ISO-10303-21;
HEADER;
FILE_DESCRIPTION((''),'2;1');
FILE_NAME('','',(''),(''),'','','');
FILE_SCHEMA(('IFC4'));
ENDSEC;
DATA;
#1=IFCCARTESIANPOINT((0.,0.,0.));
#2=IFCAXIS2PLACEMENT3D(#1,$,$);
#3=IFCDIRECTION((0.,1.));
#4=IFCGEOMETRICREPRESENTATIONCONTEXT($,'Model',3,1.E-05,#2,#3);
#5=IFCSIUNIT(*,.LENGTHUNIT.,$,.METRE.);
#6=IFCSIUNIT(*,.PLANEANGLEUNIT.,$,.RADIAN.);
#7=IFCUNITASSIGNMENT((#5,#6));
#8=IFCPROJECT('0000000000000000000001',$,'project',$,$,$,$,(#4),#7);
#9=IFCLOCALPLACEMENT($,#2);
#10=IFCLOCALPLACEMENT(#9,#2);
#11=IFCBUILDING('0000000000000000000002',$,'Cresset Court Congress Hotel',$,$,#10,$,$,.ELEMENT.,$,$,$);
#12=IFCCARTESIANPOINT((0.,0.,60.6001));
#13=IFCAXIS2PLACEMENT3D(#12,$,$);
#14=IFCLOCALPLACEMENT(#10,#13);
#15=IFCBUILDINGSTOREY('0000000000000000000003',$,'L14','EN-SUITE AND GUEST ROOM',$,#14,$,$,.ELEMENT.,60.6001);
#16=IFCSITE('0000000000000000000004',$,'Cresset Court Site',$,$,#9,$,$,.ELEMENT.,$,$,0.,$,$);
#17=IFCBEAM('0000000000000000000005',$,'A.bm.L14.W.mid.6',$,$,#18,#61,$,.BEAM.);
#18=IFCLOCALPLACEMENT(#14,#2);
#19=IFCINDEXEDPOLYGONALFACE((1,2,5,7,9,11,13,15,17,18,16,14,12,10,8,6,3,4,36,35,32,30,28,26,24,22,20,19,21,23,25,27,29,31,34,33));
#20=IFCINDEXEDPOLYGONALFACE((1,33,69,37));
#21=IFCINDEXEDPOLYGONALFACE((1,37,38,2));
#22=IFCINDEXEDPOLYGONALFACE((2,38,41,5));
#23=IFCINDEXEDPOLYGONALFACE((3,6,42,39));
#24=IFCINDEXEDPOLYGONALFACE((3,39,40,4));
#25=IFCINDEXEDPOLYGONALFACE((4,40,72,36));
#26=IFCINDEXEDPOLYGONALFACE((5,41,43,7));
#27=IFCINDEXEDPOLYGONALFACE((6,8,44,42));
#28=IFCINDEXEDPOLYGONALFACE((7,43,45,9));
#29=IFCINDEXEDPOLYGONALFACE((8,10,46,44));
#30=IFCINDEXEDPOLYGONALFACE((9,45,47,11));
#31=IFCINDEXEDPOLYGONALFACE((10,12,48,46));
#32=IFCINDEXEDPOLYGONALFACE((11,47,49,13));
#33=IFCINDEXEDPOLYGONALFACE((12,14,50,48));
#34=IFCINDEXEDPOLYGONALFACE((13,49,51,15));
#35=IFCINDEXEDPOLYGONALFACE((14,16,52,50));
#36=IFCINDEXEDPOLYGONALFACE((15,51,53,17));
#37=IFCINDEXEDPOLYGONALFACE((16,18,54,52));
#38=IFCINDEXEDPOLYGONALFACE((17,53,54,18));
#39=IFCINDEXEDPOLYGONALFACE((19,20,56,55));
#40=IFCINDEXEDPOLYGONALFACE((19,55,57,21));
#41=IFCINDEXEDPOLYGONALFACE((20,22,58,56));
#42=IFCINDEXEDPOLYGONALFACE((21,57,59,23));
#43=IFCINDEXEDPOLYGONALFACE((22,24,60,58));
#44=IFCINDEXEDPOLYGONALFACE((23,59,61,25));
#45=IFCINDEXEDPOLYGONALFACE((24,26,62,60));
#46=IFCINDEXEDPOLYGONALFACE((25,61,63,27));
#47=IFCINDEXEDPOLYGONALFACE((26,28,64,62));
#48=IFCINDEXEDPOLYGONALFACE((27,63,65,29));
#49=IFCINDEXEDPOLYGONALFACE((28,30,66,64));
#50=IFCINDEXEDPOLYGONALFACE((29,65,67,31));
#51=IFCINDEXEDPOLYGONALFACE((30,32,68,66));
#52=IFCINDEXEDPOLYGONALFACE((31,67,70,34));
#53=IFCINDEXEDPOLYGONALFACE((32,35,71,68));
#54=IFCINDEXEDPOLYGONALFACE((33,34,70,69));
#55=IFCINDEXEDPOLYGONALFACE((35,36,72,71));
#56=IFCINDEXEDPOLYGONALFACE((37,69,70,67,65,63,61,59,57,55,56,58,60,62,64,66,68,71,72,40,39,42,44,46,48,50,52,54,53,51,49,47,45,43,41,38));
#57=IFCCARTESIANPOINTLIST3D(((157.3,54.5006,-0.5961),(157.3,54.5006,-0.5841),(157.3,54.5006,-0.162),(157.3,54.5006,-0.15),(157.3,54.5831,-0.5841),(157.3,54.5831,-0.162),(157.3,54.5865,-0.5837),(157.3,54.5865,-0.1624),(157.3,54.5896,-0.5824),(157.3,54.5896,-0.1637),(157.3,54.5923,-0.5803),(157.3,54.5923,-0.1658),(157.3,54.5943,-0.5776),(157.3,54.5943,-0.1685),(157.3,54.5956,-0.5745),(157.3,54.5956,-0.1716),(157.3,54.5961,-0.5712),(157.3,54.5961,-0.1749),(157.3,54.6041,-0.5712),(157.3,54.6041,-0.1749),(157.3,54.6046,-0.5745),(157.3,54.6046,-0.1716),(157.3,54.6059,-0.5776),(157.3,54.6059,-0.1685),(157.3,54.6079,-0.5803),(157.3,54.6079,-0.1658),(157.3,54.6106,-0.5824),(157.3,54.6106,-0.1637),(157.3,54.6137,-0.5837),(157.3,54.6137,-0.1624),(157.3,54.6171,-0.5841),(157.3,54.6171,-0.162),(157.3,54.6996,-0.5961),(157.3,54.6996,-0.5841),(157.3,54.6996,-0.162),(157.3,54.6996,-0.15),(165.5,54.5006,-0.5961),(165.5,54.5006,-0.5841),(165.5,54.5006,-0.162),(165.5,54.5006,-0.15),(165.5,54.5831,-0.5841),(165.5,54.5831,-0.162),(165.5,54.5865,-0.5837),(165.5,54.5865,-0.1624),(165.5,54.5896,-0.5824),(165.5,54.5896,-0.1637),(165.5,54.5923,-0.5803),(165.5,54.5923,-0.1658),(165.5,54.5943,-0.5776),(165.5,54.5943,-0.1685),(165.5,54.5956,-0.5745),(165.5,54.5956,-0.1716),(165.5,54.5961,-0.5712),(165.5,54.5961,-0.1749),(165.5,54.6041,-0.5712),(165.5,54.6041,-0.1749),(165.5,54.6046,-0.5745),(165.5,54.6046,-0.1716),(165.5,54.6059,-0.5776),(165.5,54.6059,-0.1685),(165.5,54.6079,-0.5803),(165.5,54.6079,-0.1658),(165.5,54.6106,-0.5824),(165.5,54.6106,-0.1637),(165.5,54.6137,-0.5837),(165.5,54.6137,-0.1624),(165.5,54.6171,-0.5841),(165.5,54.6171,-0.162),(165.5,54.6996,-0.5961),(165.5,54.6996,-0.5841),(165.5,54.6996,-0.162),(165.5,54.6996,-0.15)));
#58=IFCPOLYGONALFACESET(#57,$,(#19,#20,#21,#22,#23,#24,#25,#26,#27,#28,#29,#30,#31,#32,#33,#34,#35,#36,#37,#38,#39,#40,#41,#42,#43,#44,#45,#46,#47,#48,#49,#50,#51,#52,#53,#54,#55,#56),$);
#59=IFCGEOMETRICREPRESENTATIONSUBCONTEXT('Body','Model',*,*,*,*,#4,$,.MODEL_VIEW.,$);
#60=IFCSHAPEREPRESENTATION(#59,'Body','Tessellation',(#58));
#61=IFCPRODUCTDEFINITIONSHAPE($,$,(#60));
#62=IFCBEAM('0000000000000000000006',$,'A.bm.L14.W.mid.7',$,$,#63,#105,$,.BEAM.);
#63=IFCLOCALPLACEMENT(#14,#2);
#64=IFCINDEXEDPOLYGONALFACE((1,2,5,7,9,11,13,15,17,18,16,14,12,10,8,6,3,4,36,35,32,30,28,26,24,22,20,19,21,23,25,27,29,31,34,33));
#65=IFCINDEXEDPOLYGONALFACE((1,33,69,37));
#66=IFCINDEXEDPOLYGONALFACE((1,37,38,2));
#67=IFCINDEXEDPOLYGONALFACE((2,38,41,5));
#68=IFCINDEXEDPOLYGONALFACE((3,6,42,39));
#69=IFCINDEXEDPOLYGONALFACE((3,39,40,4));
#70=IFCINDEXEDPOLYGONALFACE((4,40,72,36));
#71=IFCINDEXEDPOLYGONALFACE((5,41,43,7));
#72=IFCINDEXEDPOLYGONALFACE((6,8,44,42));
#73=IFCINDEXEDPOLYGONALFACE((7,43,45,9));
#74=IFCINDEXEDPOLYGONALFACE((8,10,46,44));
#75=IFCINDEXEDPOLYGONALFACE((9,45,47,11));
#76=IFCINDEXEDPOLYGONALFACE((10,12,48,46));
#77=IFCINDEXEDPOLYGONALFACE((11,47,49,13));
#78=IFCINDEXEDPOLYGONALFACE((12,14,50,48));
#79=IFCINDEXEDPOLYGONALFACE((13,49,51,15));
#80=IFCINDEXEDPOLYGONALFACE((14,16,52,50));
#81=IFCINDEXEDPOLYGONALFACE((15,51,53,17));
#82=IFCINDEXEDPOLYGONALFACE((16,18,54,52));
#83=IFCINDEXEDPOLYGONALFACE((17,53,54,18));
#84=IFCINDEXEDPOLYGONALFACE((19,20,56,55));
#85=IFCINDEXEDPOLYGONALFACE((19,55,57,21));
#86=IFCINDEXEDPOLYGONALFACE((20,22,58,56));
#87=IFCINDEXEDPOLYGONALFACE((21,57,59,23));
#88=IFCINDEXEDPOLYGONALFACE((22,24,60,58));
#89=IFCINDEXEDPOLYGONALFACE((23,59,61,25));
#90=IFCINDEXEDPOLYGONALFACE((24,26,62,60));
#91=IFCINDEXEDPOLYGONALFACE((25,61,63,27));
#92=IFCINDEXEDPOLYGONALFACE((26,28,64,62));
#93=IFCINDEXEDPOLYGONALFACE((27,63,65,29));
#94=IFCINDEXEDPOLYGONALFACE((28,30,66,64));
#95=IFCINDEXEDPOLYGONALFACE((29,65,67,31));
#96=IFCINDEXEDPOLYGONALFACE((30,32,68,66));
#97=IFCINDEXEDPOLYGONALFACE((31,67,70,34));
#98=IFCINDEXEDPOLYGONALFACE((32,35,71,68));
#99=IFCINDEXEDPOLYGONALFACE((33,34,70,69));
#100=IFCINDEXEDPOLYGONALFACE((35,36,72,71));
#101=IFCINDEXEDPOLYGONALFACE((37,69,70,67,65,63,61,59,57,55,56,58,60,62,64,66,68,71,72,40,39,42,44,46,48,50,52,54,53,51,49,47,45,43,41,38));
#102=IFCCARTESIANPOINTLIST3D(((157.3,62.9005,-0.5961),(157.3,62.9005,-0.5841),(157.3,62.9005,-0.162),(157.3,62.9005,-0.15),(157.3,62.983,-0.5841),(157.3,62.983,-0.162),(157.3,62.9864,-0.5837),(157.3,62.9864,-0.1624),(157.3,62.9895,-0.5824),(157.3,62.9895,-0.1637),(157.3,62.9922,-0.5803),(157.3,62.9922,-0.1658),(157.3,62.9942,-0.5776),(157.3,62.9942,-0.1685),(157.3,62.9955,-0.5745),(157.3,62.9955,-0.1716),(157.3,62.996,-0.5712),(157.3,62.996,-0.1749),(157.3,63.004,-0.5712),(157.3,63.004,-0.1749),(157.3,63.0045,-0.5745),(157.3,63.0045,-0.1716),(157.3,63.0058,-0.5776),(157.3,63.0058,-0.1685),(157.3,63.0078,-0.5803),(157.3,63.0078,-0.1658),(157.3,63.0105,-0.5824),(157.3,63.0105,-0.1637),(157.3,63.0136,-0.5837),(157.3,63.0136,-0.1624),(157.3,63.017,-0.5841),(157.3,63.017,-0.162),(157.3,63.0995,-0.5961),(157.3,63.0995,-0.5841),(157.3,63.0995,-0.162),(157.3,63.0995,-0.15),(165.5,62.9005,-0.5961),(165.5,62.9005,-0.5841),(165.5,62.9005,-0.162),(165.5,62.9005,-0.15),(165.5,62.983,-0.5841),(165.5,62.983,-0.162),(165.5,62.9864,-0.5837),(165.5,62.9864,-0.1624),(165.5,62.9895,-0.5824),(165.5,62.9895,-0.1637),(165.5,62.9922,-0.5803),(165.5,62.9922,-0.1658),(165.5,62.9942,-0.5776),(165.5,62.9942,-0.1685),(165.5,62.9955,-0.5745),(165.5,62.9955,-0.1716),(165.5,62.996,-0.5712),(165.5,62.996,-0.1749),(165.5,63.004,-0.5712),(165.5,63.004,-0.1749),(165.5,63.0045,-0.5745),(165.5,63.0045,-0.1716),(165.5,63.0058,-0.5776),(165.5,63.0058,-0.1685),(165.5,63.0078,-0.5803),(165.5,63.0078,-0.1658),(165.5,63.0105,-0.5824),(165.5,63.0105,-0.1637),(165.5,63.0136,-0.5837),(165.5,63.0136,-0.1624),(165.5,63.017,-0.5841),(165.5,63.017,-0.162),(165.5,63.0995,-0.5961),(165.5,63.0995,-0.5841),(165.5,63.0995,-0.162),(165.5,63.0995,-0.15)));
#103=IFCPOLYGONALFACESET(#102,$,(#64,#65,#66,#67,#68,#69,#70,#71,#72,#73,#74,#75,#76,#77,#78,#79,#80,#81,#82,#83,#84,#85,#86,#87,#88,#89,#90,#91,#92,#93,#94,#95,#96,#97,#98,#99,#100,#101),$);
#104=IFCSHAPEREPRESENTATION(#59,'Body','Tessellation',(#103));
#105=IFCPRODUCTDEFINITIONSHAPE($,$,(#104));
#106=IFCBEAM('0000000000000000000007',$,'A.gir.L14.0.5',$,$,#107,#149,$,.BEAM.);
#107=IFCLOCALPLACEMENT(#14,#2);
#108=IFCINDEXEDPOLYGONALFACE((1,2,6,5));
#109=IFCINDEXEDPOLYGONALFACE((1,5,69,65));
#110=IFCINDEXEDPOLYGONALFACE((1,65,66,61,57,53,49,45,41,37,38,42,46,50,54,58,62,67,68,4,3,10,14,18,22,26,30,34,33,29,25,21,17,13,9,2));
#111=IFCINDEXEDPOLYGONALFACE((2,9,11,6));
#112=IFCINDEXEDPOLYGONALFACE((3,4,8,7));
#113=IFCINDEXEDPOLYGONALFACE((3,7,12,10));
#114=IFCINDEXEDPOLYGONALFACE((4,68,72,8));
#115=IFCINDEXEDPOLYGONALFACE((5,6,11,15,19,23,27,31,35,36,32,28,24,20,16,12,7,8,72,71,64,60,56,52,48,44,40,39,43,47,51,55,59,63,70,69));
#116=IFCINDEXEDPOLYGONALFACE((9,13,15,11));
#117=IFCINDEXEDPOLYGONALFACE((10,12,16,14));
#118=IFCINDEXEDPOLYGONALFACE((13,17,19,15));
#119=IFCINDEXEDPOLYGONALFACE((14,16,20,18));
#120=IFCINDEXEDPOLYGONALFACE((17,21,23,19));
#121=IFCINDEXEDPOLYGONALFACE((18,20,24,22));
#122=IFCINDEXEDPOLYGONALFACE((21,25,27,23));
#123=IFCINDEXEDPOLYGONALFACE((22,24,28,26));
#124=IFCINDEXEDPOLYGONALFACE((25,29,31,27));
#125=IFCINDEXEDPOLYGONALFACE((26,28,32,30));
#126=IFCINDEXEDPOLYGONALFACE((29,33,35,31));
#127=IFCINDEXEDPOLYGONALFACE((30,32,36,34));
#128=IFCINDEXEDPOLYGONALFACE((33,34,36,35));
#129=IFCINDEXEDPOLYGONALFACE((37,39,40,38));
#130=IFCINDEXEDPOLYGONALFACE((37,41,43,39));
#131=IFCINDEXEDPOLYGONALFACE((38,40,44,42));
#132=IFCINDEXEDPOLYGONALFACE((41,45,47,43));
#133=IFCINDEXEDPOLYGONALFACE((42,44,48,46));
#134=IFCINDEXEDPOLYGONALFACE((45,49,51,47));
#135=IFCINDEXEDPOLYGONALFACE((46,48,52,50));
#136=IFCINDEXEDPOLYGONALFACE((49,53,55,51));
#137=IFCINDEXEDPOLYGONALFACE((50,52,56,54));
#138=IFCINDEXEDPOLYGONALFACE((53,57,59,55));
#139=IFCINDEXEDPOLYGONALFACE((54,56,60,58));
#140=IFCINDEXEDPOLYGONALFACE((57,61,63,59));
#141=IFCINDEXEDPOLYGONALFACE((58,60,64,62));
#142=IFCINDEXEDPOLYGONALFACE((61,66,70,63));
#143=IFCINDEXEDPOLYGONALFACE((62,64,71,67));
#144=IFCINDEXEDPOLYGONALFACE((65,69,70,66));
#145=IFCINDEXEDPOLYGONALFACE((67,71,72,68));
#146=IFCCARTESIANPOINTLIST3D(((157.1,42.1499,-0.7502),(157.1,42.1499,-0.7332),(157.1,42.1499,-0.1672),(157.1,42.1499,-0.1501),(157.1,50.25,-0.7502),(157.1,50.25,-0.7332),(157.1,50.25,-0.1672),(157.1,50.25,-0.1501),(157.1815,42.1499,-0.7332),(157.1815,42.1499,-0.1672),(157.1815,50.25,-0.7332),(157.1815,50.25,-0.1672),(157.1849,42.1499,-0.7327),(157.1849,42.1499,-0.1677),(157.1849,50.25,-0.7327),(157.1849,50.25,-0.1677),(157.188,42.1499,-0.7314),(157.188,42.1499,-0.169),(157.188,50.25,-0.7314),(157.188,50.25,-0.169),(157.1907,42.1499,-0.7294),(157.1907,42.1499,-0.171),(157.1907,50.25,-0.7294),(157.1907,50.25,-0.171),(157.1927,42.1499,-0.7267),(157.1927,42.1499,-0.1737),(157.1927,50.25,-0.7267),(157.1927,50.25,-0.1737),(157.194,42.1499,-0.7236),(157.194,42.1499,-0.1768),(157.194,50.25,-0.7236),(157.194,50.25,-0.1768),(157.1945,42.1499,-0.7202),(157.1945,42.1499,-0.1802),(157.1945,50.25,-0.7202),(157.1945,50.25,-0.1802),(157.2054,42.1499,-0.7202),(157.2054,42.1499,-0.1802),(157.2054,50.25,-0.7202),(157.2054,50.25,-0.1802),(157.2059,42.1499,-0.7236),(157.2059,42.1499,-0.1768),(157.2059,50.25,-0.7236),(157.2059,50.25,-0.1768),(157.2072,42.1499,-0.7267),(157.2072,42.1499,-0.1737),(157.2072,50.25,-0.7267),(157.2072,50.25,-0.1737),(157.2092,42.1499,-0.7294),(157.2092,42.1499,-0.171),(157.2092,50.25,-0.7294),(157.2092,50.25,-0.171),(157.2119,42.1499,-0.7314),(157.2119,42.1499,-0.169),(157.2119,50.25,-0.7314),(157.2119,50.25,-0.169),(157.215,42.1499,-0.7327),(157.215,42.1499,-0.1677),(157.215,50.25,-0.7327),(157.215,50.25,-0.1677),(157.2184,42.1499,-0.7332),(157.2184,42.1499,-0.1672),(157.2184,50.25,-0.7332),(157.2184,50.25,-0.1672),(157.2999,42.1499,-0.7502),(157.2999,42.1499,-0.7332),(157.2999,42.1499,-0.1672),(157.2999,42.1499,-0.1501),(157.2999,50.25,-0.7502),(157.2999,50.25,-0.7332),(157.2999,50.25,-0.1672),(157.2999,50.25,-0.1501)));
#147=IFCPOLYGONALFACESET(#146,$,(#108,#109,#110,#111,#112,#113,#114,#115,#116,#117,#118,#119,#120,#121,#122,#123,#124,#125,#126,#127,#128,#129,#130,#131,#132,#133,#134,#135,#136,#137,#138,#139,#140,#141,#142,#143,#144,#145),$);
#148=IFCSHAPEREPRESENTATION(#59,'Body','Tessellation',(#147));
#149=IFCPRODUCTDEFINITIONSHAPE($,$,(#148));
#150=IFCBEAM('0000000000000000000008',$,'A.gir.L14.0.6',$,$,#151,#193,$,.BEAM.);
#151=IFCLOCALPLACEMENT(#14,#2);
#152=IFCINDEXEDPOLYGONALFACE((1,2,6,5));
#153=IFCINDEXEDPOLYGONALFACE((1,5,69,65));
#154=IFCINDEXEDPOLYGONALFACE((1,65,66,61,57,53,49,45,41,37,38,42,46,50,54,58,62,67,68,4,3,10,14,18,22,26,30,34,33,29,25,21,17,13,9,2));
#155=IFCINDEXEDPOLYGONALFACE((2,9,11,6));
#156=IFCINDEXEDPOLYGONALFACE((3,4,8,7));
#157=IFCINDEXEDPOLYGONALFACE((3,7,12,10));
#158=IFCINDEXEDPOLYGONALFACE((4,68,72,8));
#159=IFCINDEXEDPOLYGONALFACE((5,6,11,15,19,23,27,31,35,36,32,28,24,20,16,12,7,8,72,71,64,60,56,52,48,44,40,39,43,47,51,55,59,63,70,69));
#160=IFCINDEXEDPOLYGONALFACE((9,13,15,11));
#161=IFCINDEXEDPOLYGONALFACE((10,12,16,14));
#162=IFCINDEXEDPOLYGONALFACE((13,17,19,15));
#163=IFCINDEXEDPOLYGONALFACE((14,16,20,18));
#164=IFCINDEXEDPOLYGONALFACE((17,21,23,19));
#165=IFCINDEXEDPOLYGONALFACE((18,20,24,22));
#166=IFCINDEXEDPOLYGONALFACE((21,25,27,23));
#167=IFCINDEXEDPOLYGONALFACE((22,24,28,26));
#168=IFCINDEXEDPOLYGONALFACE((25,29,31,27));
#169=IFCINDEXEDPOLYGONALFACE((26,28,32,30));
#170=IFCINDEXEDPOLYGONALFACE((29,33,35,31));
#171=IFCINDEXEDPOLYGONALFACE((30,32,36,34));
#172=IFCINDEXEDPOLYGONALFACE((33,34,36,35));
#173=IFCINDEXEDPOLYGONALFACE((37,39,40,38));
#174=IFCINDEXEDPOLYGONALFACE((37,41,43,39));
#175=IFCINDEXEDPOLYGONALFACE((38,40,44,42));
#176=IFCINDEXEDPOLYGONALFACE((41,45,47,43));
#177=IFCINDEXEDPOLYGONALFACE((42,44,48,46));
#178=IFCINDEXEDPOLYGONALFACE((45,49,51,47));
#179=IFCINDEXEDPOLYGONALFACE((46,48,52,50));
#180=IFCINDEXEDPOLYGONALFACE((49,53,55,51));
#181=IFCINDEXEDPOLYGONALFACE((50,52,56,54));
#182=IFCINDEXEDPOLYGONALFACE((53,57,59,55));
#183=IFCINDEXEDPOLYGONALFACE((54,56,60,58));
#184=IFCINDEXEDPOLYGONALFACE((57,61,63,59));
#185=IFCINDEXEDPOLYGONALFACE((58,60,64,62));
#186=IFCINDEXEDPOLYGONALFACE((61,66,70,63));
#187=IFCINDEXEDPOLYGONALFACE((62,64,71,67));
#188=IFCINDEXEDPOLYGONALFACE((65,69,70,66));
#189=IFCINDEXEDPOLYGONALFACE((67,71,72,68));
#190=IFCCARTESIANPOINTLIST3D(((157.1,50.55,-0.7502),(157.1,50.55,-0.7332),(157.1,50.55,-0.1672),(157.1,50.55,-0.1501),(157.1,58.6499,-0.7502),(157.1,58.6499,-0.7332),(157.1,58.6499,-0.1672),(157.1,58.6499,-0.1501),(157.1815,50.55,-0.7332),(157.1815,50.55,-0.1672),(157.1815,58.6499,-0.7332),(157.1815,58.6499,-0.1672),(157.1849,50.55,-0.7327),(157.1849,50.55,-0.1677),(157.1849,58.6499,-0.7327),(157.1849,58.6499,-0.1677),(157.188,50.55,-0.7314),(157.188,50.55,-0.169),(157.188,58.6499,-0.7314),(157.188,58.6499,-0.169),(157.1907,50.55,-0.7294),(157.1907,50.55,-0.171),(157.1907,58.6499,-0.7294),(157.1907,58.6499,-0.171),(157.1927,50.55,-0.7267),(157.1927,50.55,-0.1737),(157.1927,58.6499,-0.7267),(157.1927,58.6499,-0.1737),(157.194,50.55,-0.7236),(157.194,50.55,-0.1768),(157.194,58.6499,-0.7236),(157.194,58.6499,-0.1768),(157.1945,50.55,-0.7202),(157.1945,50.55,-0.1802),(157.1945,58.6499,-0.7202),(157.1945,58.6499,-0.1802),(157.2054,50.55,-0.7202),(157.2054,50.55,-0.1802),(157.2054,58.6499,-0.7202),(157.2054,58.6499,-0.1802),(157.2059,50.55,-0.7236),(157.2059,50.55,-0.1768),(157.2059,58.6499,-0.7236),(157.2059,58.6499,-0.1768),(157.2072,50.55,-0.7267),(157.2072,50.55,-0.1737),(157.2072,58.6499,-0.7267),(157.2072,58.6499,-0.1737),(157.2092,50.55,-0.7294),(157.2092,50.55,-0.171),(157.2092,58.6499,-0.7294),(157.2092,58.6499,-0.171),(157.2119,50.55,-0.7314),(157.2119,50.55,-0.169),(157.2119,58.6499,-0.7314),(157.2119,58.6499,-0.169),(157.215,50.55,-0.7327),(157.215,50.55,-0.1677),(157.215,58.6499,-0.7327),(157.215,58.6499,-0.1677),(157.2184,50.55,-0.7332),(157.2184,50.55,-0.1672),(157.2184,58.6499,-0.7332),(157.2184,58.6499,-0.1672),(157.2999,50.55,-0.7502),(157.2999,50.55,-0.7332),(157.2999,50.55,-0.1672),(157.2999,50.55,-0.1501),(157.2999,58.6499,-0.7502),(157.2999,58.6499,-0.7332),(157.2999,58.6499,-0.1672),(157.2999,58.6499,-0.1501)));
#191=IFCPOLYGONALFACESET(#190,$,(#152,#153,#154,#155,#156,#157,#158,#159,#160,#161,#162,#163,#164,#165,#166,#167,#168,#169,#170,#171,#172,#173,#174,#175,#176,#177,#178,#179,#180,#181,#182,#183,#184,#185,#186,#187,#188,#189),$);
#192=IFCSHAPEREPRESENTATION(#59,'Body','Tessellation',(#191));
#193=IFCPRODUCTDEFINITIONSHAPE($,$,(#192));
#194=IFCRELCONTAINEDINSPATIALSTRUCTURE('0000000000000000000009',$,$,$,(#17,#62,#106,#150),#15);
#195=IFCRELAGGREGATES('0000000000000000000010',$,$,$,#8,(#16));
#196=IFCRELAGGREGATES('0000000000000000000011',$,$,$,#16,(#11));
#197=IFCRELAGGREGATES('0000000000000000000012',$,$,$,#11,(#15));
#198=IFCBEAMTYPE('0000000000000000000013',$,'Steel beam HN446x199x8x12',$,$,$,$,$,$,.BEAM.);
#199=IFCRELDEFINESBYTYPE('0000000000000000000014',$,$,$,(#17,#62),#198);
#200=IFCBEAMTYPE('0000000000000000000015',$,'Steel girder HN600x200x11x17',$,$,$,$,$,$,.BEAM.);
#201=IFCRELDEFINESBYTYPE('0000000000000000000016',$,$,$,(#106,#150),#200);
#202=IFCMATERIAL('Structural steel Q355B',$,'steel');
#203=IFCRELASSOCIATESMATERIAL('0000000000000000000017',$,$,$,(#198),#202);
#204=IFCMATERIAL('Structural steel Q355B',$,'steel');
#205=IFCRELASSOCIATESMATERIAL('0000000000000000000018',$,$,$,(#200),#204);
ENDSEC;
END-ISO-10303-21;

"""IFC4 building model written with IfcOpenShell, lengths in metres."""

from ifc_helpers import new_model, si_unit, direction, frame, origin, origin_2d, place, context, subcontext, project, spatial, i_section, extrude, material, material_profile, profile_set, type_object, element, save


model = new_model("IFC4")

# Units and contexts
model_context = context("Model", 3, precision=1e-05, world=origin(), true_north=direction((0.0, 1.0)))
body_context = subcontext(model_context, "Body", "Model", "MODEL_VIEW")
ifc_project = project(units=[si_unit("LENGTHUNIT", "METRE"), si_unit("PLANEANGLEUNIT", "RADIAN")], contexts=[model_context])

# Site, building, storey
site_placement = place(None, origin())
site = spatial("IfcSite", under=ifc_project, at=site_placement, Name="Cresset Court Site", CompositionType="ELEMENT", RefElevation=0.0)
building_placement = place(site_placement, origin())
building = spatial("IfcBuilding", under=site, at=building_placement, Name="Cresset Court Congress Hotel", CompositionType="ELEMENT")
storey_placement = place(building_placement, frame((0.0, 0.0, 60.6001)))
storey = spatial("IfcBuildingStorey", under=building, at=storey_placement, Name="L14", Description="EN-SUITE AND GUEST ROOM", CompositionType="ELEMENT", Elevation=60.6001)

# Beams
ifc_material_1 = material(Name="Structural steel Q355B", Category="steel")
ifc_material_profile_1 = material_profile(ifc_material_1, i_section(OverallWidth=0.199, OverallDepth=0.446, WebThickness=0.0081, FlangeThickness=0.012, FilletRadius=0.0129, at=origin_2d()), Name="HN446x199x8x12")
ifc_profile_set_1 = profile_set([ifc_material_profile_1], Name="Structural steel Q355B")
beam_type_1 = type_object("IfcBeamType", Name="Steel beam HN446x199x8x12", PredefinedType="BEAM", material=ifc_profile_set_1)
for number, where, z_axis, x_axis, name in (
    (1, (157.3, 54.6001, -0.373), (1.0, 0.0, 0.0), (0.0, 1.0, 0.0), "A.bm.L14.W.mid.6"),
    (2, (157.3, 63.0, -0.373), (1.0, 0.0, 0.0), (0.0, 1.0, 0.0), "A.bm.L14.W.mid.7"),
):
    element("IfcBeam", number, at=place(storey_placement, frame(where, z_axis=z_axis, x_axis=x_axis)), inside=storey, type_object=beam_type_1, Name=name, PredefinedType="BEAM", context=body_context, shape_type="SweptSolid", body=[
        extrude(i_section(OverallWidth=0.199, OverallDepth=0.446, WebThickness=0.0081, FlangeThickness=0.012, FilletRadius=0.0129, at=origin_2d()), origin(), (0.0, 0.0, 1.0), 8.2),
    ])
ifc_material_2 = material(Name="Structural steel Q355B", Category="steel")
ifc_material_profile_2 = material_profile(ifc_material_2, i_section(OverallWidth=0.2, OverallDepth=0.6001, WebThickness=0.011, FlangeThickness=0.0171, FilletRadius=0.0129, at=origin_2d()), Name="HN600x200x11x17")
ifc_profile_set_2 = profile_set([ifc_material_profile_2], Name="Structural steel Q355B")
beam_type_2 = type_object("IfcBeamType", Name="Steel girder HN600x200x11x17", PredefinedType="BEAM", material=ifc_profile_set_2)
beam_1_placement = place(storey_placement, frame((157.2, 42.1499, -0.4502), z_axis=(0.0, 1.0, 0.0), x_axis=(-1.0, 0.0, 0.0)))
element("IfcBeam", 3, at=beam_1_placement, inside=storey, type_object=beam_type_2, Name="A.gir.L14.0.5", PredefinedType="BEAM", context=body_context, shape_type="SweptSolid", body=[
    extrude(i_section(OverallWidth=0.2, OverallDepth=0.6001, WebThickness=0.011, FlangeThickness=0.0171, FilletRadius=0.0129, at=origin_2d()), origin(), (0.0, 0.0, 1.0), 8.1001),
])
beam_2_placement = place(storey_placement, frame((157.2, 50.55, -0.4502), z_axis=(0.0, 1.0, 0.0), x_axis=(-1.0, 0.0, 0.0)))
element("IfcBeam", 4, at=beam_2_placement, inside=storey, type_object=beam_type_2, Name="A.gir.L14.0.6", PredefinedType="BEAM", context=body_context, shape_type="SweptSolid", body=[
    extrude(i_section(OverallWidth=0.2, OverallDepth=0.6001, WebThickness=0.011, FlangeThickness=0.0171, FilletRadius=0.0129, at=origin_2d()), origin(), (0.0, 0.0, 1.0), 8.0999),
])

save(model, "model.ifc")
